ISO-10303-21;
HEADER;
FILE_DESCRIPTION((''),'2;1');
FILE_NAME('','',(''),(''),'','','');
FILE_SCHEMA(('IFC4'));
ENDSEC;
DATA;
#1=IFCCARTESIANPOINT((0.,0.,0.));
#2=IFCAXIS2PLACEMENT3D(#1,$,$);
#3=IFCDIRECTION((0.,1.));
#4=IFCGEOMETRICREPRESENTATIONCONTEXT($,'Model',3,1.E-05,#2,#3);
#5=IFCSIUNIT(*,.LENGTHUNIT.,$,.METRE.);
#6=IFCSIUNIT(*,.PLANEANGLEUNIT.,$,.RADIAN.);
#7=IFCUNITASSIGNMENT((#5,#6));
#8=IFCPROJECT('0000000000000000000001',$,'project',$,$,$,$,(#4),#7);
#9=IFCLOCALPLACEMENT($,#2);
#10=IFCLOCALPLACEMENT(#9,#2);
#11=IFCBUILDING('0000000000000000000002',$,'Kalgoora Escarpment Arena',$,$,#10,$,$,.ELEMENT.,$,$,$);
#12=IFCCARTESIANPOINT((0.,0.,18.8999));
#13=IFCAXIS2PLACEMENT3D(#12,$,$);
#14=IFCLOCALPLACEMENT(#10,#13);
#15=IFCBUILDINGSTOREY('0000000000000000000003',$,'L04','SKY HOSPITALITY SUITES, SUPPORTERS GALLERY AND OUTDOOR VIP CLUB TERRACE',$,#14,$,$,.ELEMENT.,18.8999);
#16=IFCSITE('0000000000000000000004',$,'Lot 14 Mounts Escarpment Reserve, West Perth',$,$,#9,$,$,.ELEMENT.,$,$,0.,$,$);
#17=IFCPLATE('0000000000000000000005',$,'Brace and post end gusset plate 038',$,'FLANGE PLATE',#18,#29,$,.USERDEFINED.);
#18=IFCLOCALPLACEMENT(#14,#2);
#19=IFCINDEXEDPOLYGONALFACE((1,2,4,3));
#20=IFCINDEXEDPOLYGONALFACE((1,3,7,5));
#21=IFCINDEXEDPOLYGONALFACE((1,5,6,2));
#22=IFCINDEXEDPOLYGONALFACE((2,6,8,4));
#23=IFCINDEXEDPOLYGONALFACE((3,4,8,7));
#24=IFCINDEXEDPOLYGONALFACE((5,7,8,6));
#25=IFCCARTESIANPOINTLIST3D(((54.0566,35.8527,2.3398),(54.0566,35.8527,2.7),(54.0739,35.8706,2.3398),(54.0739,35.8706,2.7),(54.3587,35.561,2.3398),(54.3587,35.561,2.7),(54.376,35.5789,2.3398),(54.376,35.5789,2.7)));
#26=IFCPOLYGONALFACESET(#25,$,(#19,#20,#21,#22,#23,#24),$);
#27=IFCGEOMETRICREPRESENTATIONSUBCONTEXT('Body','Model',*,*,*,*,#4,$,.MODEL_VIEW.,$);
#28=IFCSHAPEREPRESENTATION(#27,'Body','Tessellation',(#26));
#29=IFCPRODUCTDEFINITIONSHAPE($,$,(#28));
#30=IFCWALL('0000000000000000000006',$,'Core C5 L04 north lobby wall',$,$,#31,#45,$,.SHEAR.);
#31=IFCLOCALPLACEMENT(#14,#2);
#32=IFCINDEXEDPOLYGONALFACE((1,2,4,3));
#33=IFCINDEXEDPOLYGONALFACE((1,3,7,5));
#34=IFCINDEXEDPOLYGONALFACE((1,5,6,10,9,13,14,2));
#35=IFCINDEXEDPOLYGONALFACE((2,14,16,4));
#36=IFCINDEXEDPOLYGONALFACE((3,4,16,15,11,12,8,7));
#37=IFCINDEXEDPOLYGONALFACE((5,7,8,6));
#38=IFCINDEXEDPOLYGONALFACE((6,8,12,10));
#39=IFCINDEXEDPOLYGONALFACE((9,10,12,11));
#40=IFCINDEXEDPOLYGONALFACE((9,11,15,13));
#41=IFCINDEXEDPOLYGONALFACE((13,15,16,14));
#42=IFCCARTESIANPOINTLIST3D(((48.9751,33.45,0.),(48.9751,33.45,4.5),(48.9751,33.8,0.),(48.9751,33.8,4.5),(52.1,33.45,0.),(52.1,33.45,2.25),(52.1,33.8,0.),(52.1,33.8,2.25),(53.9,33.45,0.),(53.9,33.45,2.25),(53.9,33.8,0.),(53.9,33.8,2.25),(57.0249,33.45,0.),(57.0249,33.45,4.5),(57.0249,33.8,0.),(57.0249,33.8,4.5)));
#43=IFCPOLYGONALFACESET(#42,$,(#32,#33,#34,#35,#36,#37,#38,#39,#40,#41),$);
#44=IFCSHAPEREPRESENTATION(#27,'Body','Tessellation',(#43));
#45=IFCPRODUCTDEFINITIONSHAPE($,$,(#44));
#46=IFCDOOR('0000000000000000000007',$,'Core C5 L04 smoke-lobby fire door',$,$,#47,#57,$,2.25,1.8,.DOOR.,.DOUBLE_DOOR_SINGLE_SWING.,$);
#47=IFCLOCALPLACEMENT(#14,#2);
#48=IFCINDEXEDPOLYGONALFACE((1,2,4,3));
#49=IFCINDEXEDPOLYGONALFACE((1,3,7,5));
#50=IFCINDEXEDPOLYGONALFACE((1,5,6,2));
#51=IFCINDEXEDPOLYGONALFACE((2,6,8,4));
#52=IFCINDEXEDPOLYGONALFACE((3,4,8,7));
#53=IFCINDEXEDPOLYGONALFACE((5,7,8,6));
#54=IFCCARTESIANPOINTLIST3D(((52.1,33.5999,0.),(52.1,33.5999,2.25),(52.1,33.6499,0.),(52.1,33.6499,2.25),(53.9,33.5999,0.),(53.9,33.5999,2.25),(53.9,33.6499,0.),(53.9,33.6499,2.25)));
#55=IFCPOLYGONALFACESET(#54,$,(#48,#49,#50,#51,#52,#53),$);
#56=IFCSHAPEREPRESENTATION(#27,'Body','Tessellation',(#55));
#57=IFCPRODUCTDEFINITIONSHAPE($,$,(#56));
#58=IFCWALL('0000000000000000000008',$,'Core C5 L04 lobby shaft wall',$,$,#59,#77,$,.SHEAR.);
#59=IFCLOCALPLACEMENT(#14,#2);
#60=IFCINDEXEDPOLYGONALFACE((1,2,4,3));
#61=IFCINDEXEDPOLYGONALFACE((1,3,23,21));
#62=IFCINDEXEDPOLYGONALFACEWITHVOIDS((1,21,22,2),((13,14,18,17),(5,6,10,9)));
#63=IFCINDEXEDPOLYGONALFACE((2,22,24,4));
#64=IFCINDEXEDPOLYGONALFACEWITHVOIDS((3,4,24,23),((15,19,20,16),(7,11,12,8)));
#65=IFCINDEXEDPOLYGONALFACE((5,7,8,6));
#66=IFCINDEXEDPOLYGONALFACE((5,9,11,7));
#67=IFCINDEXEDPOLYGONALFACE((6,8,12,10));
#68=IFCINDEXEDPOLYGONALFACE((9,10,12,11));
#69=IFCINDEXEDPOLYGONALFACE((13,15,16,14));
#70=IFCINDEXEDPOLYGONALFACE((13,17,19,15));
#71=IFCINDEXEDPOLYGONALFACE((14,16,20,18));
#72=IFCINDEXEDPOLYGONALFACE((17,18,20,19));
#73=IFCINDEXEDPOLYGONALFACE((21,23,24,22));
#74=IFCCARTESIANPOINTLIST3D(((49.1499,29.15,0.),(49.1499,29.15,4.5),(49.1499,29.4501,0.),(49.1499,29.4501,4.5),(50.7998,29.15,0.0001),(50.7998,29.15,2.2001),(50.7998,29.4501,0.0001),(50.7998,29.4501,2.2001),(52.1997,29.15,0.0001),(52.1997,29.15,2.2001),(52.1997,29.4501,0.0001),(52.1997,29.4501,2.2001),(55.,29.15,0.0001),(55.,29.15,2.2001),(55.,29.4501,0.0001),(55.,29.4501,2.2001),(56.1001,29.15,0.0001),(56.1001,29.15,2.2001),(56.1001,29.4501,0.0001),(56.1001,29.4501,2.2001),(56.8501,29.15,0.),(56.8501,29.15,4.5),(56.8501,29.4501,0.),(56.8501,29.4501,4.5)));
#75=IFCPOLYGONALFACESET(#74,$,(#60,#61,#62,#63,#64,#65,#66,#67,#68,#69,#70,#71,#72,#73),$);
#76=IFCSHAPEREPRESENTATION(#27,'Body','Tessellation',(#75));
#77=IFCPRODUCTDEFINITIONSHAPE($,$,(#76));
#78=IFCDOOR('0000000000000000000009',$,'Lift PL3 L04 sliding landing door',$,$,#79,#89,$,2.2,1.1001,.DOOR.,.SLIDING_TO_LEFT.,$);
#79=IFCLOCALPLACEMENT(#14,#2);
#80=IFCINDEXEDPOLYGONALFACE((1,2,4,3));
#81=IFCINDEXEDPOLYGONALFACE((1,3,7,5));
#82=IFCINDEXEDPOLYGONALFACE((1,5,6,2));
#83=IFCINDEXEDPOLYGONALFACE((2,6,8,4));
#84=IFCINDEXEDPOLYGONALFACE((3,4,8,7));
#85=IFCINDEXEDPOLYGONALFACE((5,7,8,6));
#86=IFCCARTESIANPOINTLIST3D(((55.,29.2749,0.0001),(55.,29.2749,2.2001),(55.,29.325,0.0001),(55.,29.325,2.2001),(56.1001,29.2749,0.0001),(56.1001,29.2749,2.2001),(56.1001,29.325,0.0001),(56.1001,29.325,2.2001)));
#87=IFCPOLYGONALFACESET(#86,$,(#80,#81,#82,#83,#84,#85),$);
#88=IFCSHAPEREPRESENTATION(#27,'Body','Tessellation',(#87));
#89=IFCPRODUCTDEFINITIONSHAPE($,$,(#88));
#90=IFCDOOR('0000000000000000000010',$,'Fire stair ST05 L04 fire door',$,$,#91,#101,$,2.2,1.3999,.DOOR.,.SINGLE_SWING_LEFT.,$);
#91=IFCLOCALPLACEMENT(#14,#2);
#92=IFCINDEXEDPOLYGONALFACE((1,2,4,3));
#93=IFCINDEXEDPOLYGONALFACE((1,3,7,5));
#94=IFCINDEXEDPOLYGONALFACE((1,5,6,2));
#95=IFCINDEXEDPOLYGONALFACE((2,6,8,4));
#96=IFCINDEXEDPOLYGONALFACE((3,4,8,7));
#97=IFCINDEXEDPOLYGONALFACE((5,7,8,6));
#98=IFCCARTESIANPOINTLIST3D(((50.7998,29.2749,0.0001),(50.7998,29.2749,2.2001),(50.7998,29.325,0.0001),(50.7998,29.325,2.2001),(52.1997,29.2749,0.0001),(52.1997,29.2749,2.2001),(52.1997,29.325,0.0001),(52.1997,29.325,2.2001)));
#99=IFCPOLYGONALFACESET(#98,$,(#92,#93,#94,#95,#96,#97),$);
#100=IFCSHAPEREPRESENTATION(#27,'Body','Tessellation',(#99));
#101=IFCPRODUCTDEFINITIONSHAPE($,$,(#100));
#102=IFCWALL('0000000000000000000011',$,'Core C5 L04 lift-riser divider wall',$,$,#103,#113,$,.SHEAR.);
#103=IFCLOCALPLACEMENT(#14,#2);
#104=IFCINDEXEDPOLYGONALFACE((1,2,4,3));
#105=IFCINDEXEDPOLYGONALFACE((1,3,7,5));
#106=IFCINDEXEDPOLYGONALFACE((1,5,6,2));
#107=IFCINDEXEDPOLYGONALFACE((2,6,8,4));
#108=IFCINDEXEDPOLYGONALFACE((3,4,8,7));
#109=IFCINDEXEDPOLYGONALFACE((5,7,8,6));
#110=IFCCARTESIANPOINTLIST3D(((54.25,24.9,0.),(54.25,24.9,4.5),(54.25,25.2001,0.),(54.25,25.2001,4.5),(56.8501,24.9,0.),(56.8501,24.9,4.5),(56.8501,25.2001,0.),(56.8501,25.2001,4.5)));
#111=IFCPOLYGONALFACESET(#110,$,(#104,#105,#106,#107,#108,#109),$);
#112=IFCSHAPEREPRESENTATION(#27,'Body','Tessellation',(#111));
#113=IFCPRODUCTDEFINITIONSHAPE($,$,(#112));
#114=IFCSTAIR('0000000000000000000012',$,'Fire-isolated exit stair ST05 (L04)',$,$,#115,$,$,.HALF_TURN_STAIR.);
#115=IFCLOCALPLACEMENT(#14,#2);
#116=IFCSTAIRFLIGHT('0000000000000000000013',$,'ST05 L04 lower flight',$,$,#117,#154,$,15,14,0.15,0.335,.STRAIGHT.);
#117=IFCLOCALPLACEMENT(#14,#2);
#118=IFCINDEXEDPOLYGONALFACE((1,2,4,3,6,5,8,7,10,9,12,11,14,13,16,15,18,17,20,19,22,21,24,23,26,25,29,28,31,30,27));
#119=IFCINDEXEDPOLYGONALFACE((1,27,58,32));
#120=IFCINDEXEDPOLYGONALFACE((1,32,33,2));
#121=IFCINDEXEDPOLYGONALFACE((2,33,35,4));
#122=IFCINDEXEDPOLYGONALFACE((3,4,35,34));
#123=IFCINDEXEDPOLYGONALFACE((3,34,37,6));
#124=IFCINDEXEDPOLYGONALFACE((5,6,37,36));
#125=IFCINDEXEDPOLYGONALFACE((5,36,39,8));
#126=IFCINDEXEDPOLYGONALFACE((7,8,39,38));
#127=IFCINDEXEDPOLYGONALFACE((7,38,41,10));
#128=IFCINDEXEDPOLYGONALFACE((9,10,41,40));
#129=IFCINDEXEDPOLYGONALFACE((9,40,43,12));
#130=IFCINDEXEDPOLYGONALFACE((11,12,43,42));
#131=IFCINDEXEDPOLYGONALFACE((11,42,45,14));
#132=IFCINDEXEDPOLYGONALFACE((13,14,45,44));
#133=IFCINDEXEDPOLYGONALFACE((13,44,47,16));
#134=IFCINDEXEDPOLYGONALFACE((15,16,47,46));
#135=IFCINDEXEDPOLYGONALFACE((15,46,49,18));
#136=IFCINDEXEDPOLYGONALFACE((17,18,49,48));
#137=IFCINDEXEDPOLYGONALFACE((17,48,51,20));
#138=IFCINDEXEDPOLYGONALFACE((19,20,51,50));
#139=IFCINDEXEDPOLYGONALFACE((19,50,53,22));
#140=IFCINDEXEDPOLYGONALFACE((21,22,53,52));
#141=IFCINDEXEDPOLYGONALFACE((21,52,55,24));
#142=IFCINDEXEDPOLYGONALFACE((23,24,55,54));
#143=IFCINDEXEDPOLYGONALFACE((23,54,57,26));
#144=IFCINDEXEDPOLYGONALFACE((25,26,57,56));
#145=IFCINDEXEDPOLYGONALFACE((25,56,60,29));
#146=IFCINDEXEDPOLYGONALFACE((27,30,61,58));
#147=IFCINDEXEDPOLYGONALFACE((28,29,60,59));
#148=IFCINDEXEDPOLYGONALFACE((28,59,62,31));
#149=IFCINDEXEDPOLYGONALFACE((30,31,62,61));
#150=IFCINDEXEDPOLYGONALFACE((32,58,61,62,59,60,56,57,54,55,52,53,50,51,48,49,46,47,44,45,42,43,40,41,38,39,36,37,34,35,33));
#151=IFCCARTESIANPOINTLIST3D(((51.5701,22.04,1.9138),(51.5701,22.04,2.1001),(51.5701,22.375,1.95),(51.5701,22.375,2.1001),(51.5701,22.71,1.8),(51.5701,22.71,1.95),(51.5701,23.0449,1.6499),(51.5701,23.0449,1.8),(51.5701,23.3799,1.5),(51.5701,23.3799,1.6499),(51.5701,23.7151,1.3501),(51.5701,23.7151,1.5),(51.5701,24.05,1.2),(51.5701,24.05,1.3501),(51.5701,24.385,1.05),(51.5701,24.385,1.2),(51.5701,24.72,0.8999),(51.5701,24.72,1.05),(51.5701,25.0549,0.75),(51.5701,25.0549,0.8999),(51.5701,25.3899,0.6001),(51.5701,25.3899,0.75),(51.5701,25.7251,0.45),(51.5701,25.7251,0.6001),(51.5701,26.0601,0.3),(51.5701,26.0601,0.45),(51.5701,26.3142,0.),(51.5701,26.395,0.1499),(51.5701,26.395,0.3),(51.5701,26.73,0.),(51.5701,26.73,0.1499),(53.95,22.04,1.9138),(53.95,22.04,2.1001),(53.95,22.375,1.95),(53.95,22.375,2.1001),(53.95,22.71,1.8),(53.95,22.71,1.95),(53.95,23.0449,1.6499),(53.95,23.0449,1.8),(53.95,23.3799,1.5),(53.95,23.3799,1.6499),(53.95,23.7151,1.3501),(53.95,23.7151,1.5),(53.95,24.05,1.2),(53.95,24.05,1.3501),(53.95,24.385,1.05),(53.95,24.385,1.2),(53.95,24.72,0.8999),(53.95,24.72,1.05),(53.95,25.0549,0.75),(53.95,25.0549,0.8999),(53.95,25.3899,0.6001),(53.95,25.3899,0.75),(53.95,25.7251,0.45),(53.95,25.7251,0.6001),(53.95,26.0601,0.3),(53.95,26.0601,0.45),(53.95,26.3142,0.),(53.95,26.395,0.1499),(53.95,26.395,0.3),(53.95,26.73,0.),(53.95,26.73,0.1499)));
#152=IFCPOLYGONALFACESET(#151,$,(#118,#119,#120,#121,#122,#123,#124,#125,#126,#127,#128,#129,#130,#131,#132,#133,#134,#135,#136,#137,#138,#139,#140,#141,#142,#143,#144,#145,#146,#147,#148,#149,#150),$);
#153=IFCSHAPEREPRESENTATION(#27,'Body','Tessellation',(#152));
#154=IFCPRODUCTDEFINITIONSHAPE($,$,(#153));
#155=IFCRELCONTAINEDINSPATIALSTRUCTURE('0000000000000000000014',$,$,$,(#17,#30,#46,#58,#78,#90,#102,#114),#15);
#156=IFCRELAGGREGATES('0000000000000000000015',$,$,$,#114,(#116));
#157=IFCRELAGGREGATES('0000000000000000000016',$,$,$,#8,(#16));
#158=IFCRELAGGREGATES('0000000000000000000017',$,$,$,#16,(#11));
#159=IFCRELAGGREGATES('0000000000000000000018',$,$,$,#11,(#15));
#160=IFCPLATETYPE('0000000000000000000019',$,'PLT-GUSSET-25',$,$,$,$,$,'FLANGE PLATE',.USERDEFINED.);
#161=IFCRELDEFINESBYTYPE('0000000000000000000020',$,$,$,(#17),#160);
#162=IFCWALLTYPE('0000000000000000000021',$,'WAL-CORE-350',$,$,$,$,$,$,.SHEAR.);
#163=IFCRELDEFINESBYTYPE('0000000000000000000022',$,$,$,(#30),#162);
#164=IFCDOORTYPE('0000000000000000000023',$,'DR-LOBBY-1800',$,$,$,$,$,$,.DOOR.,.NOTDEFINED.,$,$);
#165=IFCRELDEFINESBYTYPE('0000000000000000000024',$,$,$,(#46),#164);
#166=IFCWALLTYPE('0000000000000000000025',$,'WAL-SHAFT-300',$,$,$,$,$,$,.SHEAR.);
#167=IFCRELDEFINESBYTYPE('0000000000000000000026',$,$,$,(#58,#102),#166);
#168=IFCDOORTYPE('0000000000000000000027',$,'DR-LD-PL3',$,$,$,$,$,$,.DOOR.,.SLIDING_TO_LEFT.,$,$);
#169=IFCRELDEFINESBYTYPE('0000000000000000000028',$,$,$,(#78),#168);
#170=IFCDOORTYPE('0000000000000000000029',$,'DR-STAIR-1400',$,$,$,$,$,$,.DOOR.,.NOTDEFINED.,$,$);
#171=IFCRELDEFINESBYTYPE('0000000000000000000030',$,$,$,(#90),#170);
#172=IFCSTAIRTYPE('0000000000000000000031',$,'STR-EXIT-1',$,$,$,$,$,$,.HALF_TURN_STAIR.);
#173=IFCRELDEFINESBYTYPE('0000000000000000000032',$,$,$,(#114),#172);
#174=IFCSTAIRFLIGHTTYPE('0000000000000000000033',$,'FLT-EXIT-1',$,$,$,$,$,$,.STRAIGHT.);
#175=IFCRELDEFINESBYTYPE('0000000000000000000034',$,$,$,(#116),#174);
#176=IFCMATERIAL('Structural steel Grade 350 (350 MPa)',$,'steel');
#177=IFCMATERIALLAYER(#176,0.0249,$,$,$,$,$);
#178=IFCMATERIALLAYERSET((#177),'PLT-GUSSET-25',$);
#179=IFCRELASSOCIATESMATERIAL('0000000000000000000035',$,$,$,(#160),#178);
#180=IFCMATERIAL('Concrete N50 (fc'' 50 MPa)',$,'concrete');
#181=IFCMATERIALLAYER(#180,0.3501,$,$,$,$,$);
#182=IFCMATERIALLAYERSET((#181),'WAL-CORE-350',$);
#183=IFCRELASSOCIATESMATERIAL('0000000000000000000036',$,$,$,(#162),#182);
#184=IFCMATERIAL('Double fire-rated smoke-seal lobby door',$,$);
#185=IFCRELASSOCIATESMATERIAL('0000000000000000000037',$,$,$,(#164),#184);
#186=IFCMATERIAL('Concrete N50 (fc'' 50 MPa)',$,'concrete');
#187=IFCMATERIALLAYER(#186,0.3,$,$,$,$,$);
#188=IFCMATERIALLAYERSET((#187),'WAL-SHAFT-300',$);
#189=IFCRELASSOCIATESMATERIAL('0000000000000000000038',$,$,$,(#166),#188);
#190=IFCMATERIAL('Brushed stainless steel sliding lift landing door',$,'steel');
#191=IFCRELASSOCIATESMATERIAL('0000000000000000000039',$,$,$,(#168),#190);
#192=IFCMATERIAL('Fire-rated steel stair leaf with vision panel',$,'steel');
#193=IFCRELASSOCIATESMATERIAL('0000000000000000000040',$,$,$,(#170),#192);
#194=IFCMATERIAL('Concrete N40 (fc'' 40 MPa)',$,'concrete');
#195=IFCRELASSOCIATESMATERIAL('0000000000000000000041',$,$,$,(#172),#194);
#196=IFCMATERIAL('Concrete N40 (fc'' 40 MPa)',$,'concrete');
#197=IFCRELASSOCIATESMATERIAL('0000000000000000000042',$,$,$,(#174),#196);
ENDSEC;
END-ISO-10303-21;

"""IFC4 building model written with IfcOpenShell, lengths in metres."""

from ifc_helpers import new_model, si_unit, direction, frame, frame_2d, origin, origin_2d, place, context, subcontext, project, spatial, polyline, rectangle, outline, extrude, material, layer, layer_set, type_object, element, fill, aggregate, save


model = new_model("IFC4")

# Units and contexts
model_context = context("Model", 3, precision=1e-05, world=origin(), true_north=direction((0.0, 1.0)))
body_context = subcontext(model_context, "Body", "Model", "MODEL_VIEW")
ifc_project = project(units=[si_unit("LENGTHUNIT", "METRE"), si_unit("PLANEANGLEUNIT", "RADIAN")], contexts=[model_context])

# Site, building, storey
site_placement = place(None, origin())
site = spatial("IfcSite", under=ifc_project, at=site_placement, Name="Lot 14 Mounts Escarpment Reserve, West Perth", CompositionType="ELEMENT", RefElevation=0.0)
building_placement = place(site_placement, origin())
building = spatial("IfcBuilding", under=site, at=building_placement, Name="Kalgoora Escarpment Arena", CompositionType="ELEMENT")
storey_placement = place(building_placement, frame((0.0, 0.0, 18.8999)))
storey = spatial("IfcBuildingStorey", under=building, at=storey_placement, Name="L04", Description="SKY HOSPITALITY SUITES, SUPPORTERS GALLERY AND OUTDOOR VIP CLUB TERRACE", CompositionType="ELEMENT", Elevation=18.8999)

# Plate
ifc_material_1 = material(Name="Structural steel Grade 350 (350 MPa)", Category="steel")
ifc_layer_1 = layer(ifc_material_1, 0.0249)
ifc_layer_set_1 = layer_set([ifc_layer_1], Name="PLT-GUSSET-25")
plate_type = type_object("IfcPlateType", Name="PLT-GUSSET-25", ElementType="FLANGE PLATE", PredefinedType="USERDEFINED", material=ifc_layer_set_1)
plate_1_placement = place(storey_placement, frame((54.2163, 35.7158, 2.3398), z_axis=(0.0, 0.0, 1.0), x_axis=(-0.71934, 0.694658, 0.0)))
element("IfcPlate", 1, at=plate_1_placement, inside=storey, type_object=plate_type, Name="Brace and post end gusset plate 038", ObjectType="FLANGE PLATE", PredefinedType="USERDEFINED", context=body_context, shape_type="SweptSolid", body=[
    extrude(rectangle(XDim=0.4199, YDim=0.0249, at=origin_2d()), origin(), (0.0, 0.0, 1.0), 0.3601),
])

# Wall, opening, door
ifc_material_2 = material(Name="Concrete N50 (fc' 50 MPa)", Category="concrete")
ifc_layer_2 = layer(ifc_material_2, 0.3501)
ifc_layer_set_2 = layer_set([ifc_layer_2], Name="WAL-CORE-350")
wall_type_1 = type_object("IfcWallType", Name="WAL-CORE-350", PredefinedType="SHEAR", material=ifc_layer_set_2)
wall_1_placement = place(storey_placement, frame((48.9751, 33.625, 0.0), z_axis=(0.0, 0.0, 1.0), x_axis=(1.0, 0.0, 0.0)))
wall_1 = element("IfcWall", 2, at=wall_1_placement, inside=storey, type_object=wall_type_1, Name="Core C5 L04 north lobby wall", PredefinedType="SHEAR", context=body_context, shape_type="SweptSolid", body=[
    extrude(rectangle(XDim=8.0498, YDim=0.3501, at=frame_2d((4.0249, 0.0))), origin(), (0.0, 0.0, 1.0), 4.5),
])
opening_1_placement = place(wall_1_placement, frame((3.125, 0.0, 0.0)))
opening_1 = element("IfcOpeningElement", 3, at=opening_1_placement, cuts=wall_1, PredefinedType="OPENING", context=body_context, shape_type="SweptSolid", body=[
    extrude(rectangle(XDim=1.8, YDim=2.25, at=frame_2d((0.8999, 1.125))), frame((0.0, 0.1851, 0.0), z_axis=(0.0, -1.0, 0.0), x_axis=(1.0, 0.0, 0.0)), (0.0, 0.0, 1.0), 0.3701),
])
ifc_material_3 = material(Name="Double fire-rated smoke-seal lobby door")
door_type_1 = type_object("IfcDoorType", Name="DR-LOBBY-1800", OperationType="NOTDEFINED", PredefinedType="DOOR", material=ifc_material_3)
door_1_placement = place(opening_1_placement, origin())
door_1 = element("IfcDoor", 4, at=door_1_placement, inside=storey, type_object=door_type_1, Name="Core C5 L04 smoke-lobby fire door", OperationType="DOUBLE_DOOR_SINGLE_SWING", OverallHeight=2.25, OverallWidth=1.8, PredefinedType="DOOR", context=body_context, shape_type="SweptSolid", body=[
    extrude(rectangle(XDim=1.8, YDim=2.25, at=frame_2d((0.8999, 1.125))), frame((0.0, 0.0249, 0.0), z_axis=(0.0, -1.0, 0.0), x_axis=(1.0, 0.0, 0.0)), (0.0, 0.0, 1.0), 0.05),
])
fill(opening_1, door_1)

# Wall, openings, doors
ifc_material_4 = material(Name="Concrete N50 (fc' 50 MPa)", Category="concrete")
ifc_layer_3 = layer(ifc_material_4, 0.3)
ifc_layer_set_3 = layer_set([ifc_layer_3], Name="WAL-SHAFT-300")
wall_type_2 = type_object("IfcWallType", Name="WAL-SHAFT-300", PredefinedType="SHEAR", material=ifc_layer_set_3)
wall_2_placement = place(storey_placement, frame((49.1499, 29.3, 0.0), z_axis=(0.0, 0.0, 1.0), x_axis=(1.0, 0.0, 0.0)))
wall_2 = element("IfcWall", 5, at=wall_2_placement, inside=storey, type_object=wall_type_2, Name="Core C5 L04 lobby shaft wall", PredefinedType="SHEAR", context=body_context, shape_type="SweptSolid", body=[
    extrude(rectangle(XDim=7.7002, YDim=0.3, at=frame_2d((3.8501, 0.0))), origin(), (0.0, 0.0, 1.0), 4.5),
])
opening_2_placement = place(wall_2_placement, frame((1.6499, 0.0, 0.0)))
opening_2 = element("IfcOpeningElement", 6, at=opening_2_placement, cuts=wall_2, PredefinedType="OPENING", context=body_context, shape_type="SweptSolid", body=[
    extrude(rectangle(XDim=1.3999, YDim=2.2, at=frame_2d((0.7, 1.1001))), frame((0.0, 0.1599, 0.0), z_axis=(0.0, -1.0, 0.0), x_axis=(1.0, 0.0, 0.0)), (0.0, 0.0, 1.0), 0.3201),
])
opening_3_placement = place(wall_2_placement, frame((5.8501, 0.0, 0.0)))
opening_3 = element("IfcOpeningElement", 7, at=opening_3_placement, cuts=wall_2, PredefinedType="OPENING", context=body_context, shape_type="SweptSolid", body=[
    extrude(rectangle(XDim=1.1001, YDim=2.2, at=frame_2d((0.55, 1.1001))), frame((0.0, 0.1599, 0.0), z_axis=(0.0, -1.0, 0.0), x_axis=(1.0, 0.0, 0.0)), (0.0, 0.0, 1.0), 0.3201),
])
ifc_material_5 = material(Name="Brushed stainless steel sliding lift landing door", Category="steel")
door_type_2 = type_object("IfcDoorType", Name="DR-LD-PL3", OperationType="SLIDING_TO_LEFT", PredefinedType="DOOR", material=ifc_material_5)
door_2_placement = place(opening_3_placement, origin())
door_2 = element("IfcDoor", 8, at=door_2_placement, inside=storey, type_object=door_type_2, Name="Lift PL3 L04 sliding landing door", OperationType="SLIDING_TO_LEFT", OverallHeight=2.2, OverallWidth=1.1001, PredefinedType="DOOR", context=body_context, shape_type="SweptSolid", body=[
    extrude(rectangle(XDim=1.1001, YDim=2.2, at=frame_2d((0.55, 1.1001))), frame((0.0, 0.0249, 0.0), z_axis=(0.0, -1.0, 0.0), x_axis=(1.0, 0.0, 0.0)), (0.0, 0.0, 1.0), 0.05),
])
fill(opening_3, door_2)
ifc_material_6 = material(Name="Fire-rated steel stair leaf with vision panel", Category="steel")
door_type_3 = type_object("IfcDoorType", Name="DR-STAIR-1400", OperationType="NOTDEFINED", PredefinedType="DOOR", material=ifc_material_6)
door_3_placement = place(opening_2_placement, origin())
door_3 = element("IfcDoor", 9, at=door_3_placement, inside=storey, type_object=door_type_3, Name="Fire stair ST05 L04 fire door", OperationType="SINGLE_SWING_LEFT", OverallHeight=2.2, OverallWidth=1.3999, PredefinedType="DOOR", context=body_context, shape_type="SweptSolid", body=[
    extrude(rectangle(XDim=1.3999, YDim=2.2, at=frame_2d((0.7, 1.1001))), frame((0.0, 0.0249, 0.0), z_axis=(0.0, -1.0, 0.0), x_axis=(1.0, 0.0, 0.0)), (0.0, 0.0, 1.0), 0.05),
])
fill(opening_2, door_3)

# Wall
wall_3_placement = place(storey_placement, frame((54.25, 25.05, 0.0), z_axis=(0.0, 0.0, 1.0), x_axis=(1.0, 0.0, 0.0)))
element("IfcWall", 10, at=wall_3_placement, inside=storey, type_object=wall_type_2, Name="Core C5 L04 lift-riser divider wall", PredefinedType="SHEAR", context=body_context, shape_type="SweptSolid", body=[
    extrude(rectangle(XDim=2.6001, YDim=0.3, at=frame_2d((1.3, 0.0))), origin(), (0.0, 0.0, 1.0), 4.5),
])

# Stair, stair flight
ifc_material_7 = material(Name="Concrete N40 (fc' 40 MPa)", Category="concrete")
stair_type = type_object("IfcStairType", Name="STR-EXIT-1", PredefinedType="HALF_TURN_STAIR", material=ifc_material_7)
stair_placement = place(storey_placement, origin())
stair = element("IfcStair", 11, at=stair_placement, inside=storey, type_object=stair_type, Name="Fire-isolated exit stair ST05 (L04)", PredefinedType="HALF_TURN_STAIR")
ifc_material_8 = material(Name="Concrete N40 (fc' 40 MPa)", Category="concrete")
stair_flight_type = type_object("IfcStairFlightType", Name="FLT-EXIT-1", PredefinedType="STRAIGHT", material=ifc_material_8)
stair_flight_1_placement = place(storey_placement, frame((52.76, 26.73, 0.0), z_axis=(0.0, 0.0, 1.0), x_axis=(0.0, -1.0, 0.0)))
stair_flight_1 = element("IfcStairFlight", 12, at=stair_flight_1_placement, type_object=stair_flight_type, Name="ST05 L04 lower flight", NumberOfRisers=15, NumberOfTreads=14, PredefinedType="STRAIGHT", RiserHeight=0.15, TreadLength=0.335, context=body_context, shape_type="SweptSolid", body=[
    extrude(outline(polyline([(0.0, 0.0), (0.0, 0.1499), (0.335, 0.1499), (0.335, 0.3), (0.6699, 0.3), (0.6699, 0.45), (1.0049, 0.45), (1.0049, 0.6001), (1.3401, 0.6001), (1.3401, 0.75), (1.675, 0.75), (1.675, 0.8999), (2.01, 0.8999), (2.01, 1.05), (2.345, 1.05), (2.345, 1.2), (2.6799, 1.2), (2.6799, 1.3501), (3.0149, 1.3501), (3.0149, 1.5), (3.3501, 1.5), (3.3501, 1.6499), (3.6851, 1.6499), (3.6851, 1.8), (4.02, 1.8), (4.02, 1.95), (4.355, 1.95), (4.355, 2.1001), (4.6899, 2.1001), (4.6899, 2.25), (4.6899, 1.9138), (0.4158, 0.0), (0.0, 0.0)])), frame((0.0, 1.1899, 0.0), z_axis=(0.0, -1.0, 0.0), x_axis=(1.0, 0.0, 0.0)), (0.0, 0.0, 1.0), 2.3799),
])
aggregate(stair, [stair_flight_1])

save(model, "model.ifc")
